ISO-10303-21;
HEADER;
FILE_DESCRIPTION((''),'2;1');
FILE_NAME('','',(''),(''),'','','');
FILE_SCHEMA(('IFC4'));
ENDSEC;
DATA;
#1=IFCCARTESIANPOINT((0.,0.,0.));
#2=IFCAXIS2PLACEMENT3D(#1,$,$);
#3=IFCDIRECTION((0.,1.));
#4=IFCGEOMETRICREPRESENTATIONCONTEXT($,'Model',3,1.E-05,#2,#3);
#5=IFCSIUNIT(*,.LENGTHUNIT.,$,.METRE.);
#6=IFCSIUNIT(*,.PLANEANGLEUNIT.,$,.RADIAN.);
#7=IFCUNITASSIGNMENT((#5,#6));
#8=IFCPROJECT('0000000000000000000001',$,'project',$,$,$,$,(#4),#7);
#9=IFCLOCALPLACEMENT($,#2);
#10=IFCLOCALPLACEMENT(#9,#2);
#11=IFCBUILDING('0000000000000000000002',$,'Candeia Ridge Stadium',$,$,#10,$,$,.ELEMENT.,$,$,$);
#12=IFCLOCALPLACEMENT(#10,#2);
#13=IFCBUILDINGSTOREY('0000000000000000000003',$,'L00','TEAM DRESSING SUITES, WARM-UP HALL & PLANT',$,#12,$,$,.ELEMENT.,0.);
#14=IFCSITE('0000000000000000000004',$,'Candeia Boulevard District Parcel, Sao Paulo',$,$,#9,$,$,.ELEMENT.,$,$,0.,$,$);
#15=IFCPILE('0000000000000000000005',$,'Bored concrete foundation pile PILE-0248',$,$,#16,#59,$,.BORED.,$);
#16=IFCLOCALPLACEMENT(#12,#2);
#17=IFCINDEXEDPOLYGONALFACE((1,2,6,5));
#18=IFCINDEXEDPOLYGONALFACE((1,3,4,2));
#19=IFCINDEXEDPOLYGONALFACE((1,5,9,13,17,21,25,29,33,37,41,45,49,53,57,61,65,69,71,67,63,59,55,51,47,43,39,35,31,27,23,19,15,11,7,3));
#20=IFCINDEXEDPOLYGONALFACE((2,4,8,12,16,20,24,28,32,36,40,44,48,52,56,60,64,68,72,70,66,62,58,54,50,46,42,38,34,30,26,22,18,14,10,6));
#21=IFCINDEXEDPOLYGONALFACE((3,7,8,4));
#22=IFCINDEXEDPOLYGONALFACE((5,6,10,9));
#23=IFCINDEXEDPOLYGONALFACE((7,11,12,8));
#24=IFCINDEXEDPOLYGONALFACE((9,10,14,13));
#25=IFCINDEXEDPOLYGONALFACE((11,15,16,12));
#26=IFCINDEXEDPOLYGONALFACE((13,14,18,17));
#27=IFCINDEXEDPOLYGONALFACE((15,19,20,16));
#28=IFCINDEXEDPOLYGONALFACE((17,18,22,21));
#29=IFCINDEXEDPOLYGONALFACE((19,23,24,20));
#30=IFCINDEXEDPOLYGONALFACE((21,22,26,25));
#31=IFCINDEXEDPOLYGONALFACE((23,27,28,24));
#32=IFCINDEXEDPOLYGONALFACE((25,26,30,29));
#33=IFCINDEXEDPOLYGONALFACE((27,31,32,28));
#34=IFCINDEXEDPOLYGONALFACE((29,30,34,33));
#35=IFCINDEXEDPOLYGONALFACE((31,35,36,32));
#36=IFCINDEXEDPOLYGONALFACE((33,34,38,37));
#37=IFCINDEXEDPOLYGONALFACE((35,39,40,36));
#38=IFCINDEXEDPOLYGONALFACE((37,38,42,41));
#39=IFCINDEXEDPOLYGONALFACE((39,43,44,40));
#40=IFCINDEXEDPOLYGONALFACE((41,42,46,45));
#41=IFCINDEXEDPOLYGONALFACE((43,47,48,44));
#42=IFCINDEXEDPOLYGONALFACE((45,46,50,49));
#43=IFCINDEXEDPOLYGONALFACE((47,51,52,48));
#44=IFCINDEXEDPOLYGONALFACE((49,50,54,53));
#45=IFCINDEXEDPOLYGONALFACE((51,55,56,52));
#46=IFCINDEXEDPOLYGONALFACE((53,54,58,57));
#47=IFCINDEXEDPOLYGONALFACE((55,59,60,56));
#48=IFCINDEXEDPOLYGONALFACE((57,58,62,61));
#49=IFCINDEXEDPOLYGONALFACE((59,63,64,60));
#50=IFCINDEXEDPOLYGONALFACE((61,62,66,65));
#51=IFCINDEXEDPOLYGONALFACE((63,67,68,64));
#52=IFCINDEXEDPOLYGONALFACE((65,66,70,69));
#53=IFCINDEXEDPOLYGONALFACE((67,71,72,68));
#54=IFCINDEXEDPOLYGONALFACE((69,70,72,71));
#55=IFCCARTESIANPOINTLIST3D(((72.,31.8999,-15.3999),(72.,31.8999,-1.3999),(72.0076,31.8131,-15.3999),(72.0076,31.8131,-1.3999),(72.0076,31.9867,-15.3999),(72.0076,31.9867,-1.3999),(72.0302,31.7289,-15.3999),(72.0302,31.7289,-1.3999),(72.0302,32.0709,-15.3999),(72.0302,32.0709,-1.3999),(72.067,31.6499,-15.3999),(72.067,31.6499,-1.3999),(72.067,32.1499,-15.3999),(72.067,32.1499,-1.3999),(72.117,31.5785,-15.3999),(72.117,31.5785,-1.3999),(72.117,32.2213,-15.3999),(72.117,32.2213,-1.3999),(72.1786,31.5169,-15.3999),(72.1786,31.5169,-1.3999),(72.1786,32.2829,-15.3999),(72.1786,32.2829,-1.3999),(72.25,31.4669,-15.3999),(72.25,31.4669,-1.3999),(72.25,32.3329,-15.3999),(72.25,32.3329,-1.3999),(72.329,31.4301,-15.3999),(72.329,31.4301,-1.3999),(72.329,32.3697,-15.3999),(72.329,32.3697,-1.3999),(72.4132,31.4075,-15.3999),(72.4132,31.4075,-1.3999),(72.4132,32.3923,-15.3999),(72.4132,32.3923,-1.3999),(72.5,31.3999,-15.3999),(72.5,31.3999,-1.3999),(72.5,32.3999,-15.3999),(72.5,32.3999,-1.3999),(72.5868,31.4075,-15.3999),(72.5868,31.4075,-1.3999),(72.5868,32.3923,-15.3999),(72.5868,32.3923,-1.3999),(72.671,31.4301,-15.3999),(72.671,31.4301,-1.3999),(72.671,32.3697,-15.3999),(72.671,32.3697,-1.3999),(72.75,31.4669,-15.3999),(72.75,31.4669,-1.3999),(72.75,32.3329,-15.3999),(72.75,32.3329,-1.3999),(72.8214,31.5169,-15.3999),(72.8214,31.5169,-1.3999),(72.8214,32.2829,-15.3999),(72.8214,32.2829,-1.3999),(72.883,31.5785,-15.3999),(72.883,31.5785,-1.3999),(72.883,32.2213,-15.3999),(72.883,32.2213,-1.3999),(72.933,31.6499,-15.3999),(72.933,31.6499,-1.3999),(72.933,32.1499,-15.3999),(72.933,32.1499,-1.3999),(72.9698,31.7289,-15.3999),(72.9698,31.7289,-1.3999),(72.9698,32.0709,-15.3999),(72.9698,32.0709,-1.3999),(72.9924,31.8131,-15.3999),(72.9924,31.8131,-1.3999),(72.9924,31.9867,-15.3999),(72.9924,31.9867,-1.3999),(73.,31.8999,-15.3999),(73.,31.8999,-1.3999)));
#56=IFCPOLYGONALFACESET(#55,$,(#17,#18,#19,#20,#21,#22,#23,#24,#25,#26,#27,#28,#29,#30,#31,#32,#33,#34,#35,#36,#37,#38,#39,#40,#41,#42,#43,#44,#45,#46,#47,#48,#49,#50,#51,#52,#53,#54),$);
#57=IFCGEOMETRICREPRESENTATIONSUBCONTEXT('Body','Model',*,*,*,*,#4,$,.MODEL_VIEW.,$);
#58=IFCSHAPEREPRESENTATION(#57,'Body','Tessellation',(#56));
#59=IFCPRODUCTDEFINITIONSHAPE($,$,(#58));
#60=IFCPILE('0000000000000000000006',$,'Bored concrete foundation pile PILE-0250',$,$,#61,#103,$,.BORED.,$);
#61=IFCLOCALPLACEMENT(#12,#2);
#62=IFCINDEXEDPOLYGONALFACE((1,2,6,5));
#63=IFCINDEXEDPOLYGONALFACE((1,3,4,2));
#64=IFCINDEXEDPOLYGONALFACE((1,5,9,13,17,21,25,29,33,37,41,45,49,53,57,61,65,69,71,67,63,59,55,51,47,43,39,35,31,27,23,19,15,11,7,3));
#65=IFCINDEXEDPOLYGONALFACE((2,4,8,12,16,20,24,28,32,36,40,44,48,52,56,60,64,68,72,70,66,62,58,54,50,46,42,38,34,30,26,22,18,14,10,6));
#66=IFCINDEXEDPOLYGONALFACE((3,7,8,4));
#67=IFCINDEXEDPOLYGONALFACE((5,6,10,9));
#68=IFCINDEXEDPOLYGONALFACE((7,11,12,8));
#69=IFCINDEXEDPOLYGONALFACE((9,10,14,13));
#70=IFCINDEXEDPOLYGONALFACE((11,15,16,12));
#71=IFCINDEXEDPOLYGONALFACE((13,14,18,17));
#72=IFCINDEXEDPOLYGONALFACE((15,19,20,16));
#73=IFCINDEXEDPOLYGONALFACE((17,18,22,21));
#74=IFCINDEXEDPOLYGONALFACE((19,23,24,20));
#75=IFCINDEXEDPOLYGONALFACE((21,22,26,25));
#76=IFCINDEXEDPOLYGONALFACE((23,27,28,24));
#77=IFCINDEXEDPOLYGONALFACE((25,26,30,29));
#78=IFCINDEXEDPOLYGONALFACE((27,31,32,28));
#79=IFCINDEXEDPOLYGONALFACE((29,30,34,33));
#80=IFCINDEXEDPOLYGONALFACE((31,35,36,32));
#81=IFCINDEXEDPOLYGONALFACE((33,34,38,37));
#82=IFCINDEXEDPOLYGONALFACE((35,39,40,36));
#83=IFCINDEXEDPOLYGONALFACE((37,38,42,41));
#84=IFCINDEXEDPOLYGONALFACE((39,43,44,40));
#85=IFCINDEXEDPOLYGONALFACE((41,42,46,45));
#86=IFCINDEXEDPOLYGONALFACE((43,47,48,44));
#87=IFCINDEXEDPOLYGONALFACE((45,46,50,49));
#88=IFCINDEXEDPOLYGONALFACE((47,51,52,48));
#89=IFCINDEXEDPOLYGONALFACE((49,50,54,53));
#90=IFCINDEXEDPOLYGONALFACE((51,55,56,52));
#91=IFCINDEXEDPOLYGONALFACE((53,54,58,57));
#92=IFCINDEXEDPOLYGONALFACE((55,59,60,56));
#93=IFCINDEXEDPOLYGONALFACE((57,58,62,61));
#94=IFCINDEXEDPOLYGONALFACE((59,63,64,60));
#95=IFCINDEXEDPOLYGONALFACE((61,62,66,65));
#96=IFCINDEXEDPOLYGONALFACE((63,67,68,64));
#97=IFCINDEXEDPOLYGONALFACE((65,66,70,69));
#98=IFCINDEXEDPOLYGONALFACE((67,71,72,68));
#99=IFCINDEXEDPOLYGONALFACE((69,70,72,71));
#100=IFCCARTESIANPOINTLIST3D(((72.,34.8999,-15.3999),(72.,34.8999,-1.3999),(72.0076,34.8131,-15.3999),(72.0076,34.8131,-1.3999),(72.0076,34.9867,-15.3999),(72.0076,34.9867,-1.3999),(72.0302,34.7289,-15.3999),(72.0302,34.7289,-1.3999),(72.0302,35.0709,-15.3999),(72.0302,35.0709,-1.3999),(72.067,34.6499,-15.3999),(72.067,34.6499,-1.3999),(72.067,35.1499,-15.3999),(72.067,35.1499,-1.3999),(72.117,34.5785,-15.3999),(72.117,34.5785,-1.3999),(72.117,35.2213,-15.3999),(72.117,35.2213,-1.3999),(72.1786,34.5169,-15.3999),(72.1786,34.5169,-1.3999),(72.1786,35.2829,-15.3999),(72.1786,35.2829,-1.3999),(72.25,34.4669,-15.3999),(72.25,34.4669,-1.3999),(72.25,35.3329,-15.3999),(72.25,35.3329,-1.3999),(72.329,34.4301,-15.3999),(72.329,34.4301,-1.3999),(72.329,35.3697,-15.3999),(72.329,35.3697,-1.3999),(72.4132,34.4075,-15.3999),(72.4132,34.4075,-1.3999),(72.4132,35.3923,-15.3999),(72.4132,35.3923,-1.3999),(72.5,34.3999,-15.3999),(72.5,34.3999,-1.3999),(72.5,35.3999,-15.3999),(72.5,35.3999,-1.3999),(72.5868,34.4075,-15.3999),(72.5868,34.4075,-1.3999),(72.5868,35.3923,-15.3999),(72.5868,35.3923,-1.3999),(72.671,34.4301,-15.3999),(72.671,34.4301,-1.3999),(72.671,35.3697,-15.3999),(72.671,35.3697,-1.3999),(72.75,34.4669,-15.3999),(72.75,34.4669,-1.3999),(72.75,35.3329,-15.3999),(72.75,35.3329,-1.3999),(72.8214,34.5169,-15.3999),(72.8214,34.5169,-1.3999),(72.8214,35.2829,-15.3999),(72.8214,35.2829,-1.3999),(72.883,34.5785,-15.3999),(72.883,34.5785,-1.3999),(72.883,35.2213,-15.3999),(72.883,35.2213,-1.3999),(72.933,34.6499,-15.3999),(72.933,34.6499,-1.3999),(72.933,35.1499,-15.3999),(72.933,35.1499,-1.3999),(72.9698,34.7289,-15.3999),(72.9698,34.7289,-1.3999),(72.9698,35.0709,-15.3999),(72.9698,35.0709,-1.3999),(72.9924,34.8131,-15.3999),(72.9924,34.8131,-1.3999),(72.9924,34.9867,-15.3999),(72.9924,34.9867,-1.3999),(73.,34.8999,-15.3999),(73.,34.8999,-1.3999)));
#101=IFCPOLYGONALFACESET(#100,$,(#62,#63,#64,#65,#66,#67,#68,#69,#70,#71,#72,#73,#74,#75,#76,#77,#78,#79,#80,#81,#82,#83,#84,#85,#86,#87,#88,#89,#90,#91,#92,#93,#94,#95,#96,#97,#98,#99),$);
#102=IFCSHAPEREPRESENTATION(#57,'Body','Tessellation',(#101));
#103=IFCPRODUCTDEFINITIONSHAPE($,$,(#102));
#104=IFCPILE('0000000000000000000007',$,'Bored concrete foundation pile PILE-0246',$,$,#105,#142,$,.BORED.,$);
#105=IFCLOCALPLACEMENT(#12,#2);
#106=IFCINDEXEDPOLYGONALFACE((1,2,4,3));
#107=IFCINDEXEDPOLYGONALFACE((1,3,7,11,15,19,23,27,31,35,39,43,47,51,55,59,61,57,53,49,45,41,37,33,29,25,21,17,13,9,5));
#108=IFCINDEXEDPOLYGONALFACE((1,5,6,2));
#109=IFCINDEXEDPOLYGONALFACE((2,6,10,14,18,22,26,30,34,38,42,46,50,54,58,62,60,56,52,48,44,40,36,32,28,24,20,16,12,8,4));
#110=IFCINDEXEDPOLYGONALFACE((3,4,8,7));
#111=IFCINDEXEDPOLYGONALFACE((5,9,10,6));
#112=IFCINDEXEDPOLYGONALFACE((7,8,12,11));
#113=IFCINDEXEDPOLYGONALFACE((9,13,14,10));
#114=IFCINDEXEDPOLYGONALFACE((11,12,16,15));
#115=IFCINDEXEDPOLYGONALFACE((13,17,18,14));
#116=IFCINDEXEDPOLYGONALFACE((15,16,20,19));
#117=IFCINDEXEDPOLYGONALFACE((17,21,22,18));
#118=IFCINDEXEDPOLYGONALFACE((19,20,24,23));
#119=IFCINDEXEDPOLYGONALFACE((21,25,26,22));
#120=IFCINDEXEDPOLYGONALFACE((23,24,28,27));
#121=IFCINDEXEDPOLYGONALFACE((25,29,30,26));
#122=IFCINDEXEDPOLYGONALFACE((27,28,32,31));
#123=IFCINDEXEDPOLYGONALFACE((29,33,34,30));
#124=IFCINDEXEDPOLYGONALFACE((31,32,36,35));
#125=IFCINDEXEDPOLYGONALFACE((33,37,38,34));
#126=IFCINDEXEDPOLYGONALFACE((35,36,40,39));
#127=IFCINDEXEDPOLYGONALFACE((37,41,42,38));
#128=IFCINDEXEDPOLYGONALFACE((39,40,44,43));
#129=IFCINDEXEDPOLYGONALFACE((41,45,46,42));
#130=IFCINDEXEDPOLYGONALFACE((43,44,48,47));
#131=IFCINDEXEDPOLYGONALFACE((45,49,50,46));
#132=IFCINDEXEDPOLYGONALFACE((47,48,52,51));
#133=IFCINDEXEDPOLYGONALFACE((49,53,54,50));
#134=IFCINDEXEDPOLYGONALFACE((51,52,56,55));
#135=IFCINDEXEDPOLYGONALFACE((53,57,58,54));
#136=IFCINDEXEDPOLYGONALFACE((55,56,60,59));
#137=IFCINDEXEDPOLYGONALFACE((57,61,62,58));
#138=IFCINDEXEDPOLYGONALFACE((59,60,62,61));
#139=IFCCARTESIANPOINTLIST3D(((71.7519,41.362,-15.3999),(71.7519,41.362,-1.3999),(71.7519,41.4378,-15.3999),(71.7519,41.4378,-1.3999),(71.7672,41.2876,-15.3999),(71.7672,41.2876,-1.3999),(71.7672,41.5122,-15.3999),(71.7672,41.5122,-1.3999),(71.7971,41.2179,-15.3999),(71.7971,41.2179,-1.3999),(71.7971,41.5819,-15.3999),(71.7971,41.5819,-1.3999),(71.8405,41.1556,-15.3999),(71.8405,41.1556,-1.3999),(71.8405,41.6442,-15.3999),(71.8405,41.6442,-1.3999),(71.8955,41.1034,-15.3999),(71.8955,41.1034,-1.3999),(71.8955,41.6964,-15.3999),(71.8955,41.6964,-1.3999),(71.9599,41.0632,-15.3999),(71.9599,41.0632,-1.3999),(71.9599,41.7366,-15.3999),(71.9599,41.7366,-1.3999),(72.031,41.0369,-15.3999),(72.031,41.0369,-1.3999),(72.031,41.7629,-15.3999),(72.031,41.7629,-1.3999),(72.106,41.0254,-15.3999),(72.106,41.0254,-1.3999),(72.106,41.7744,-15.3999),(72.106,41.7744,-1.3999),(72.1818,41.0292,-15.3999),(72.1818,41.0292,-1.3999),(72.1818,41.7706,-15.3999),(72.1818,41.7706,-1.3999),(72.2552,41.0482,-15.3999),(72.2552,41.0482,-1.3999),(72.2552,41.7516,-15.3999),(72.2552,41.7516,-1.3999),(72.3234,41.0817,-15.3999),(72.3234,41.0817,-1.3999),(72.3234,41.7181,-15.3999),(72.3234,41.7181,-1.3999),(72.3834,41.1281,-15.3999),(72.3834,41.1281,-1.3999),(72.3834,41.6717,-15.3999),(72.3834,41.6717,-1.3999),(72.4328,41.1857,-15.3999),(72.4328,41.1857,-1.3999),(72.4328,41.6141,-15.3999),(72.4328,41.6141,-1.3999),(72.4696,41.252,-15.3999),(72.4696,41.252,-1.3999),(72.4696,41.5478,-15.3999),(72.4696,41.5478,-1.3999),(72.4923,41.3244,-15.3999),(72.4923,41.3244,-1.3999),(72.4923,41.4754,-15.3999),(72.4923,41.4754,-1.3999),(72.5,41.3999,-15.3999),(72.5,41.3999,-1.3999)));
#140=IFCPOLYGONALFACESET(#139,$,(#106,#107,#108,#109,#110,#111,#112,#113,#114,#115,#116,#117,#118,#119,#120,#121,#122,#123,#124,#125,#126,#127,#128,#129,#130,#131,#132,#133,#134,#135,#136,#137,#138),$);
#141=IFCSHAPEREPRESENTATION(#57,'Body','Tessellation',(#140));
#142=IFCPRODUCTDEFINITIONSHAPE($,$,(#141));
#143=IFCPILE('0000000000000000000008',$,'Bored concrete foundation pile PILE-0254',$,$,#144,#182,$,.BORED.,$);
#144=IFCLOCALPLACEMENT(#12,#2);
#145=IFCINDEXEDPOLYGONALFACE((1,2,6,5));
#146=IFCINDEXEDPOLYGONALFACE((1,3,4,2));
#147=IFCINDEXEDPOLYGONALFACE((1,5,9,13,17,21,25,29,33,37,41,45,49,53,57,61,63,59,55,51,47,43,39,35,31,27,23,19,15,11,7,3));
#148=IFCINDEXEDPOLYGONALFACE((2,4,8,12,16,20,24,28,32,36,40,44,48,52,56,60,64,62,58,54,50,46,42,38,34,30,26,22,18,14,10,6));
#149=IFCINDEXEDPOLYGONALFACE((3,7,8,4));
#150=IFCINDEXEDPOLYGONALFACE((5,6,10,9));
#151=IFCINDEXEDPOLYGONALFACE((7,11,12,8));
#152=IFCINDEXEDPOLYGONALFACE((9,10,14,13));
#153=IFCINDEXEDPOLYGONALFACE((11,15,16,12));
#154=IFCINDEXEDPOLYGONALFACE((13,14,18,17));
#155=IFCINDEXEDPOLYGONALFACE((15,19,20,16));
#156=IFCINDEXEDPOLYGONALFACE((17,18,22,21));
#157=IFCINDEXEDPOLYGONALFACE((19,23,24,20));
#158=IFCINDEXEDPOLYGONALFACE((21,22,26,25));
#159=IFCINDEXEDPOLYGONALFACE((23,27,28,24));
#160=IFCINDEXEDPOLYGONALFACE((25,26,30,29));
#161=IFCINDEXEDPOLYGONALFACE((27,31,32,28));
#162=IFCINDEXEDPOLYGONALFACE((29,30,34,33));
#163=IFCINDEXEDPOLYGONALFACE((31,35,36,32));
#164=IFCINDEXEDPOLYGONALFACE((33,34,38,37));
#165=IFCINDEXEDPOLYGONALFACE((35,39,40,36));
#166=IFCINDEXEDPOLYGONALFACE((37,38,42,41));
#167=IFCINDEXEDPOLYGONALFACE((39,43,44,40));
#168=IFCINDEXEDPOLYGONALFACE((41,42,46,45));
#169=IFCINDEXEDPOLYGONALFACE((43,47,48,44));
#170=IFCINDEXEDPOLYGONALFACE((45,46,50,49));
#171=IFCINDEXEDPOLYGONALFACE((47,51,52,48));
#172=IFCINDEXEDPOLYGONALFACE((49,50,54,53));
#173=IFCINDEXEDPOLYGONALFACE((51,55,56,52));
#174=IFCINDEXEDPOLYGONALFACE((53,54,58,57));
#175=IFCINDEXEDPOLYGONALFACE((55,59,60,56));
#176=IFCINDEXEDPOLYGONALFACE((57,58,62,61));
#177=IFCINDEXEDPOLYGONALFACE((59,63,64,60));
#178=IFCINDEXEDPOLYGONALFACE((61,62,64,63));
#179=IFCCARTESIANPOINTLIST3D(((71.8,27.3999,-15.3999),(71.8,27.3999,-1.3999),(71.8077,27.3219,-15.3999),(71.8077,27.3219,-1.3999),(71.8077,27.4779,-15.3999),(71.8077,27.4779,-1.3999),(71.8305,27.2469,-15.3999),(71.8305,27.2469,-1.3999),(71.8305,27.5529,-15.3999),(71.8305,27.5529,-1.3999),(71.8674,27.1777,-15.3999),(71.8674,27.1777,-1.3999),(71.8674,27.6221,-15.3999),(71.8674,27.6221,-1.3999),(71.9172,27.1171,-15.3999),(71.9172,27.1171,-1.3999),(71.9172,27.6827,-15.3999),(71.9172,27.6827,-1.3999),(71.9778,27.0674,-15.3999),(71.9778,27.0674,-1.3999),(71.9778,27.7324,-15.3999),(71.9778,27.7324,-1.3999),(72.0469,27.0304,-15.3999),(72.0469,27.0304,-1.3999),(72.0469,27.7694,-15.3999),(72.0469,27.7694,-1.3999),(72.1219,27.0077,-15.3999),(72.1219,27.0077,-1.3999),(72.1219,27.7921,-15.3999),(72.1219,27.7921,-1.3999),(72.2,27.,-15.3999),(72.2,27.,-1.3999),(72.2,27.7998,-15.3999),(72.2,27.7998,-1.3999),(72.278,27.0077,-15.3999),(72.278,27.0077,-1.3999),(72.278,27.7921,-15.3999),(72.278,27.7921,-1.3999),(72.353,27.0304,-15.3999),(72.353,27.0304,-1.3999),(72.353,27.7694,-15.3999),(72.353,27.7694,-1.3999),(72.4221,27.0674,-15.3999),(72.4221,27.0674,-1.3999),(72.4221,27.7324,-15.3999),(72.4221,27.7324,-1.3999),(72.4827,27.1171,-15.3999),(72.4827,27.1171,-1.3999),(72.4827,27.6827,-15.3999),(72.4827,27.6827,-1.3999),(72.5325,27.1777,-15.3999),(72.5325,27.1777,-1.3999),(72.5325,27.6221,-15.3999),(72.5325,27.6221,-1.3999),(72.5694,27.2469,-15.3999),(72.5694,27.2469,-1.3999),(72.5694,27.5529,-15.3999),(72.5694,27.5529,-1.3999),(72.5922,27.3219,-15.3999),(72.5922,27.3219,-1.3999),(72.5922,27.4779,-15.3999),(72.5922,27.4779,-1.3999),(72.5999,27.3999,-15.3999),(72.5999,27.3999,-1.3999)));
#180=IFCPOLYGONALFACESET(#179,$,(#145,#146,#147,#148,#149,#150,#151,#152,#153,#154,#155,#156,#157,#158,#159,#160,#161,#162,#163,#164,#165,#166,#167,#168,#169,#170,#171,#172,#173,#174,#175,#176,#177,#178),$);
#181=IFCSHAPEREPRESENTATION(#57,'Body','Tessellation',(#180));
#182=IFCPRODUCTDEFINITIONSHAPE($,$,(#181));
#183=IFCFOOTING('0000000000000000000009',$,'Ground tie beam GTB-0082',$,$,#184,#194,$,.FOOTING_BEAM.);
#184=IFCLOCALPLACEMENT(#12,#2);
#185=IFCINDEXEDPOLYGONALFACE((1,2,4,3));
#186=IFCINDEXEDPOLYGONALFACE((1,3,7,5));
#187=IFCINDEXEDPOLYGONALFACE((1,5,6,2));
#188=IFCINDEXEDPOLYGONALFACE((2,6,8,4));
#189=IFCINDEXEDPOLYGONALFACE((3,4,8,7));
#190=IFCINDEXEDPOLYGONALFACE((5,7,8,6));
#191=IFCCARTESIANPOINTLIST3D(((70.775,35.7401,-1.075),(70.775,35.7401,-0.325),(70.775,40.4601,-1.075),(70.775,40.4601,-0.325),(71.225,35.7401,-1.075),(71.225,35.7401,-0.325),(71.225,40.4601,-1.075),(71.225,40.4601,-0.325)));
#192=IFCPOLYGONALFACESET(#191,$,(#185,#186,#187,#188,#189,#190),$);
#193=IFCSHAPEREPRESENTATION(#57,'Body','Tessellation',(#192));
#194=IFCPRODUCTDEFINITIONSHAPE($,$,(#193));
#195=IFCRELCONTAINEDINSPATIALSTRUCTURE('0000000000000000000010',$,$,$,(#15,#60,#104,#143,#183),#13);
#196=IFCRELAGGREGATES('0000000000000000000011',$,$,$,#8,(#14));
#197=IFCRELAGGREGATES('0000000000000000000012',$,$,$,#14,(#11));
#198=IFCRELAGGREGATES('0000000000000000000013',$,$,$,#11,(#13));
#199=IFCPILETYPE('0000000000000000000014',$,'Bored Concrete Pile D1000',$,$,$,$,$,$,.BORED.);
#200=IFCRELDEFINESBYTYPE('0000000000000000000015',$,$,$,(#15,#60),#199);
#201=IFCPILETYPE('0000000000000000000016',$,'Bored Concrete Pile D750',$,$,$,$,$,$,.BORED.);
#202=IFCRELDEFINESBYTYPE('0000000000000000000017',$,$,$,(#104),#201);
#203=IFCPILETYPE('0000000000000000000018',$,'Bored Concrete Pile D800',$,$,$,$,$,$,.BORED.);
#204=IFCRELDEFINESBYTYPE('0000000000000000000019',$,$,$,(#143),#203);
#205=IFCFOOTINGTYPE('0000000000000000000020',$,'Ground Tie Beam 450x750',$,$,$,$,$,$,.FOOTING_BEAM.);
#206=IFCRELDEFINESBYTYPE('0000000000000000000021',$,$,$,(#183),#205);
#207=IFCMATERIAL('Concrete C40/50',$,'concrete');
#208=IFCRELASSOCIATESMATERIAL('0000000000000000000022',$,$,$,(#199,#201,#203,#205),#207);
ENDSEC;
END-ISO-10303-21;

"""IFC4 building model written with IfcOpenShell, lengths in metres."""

from ifc_helpers import new_model, si_unit, direction, frame, origin, origin_2d, place, context, subcontext, project, spatial, rectangle, circle, extrude, material, material_profile, profile_set, type_object, element, save


model = new_model("IFC4")

# Units and contexts
model_context = context("Model", 3, precision=1e-05, world=origin(), true_north=direction((0.0, 1.0)))
body_context = subcontext(model_context, "Body", "Model", "MODEL_VIEW")
ifc_project = project(units=[si_unit("LENGTHUNIT", "METRE"), si_unit("PLANEANGLEUNIT", "RADIAN")], contexts=[model_context])

# Site, building, storey
site_placement = place(None, origin())
site = spatial("IfcSite", under=ifc_project, at=site_placement, Name="Candeia Boulevard District Parcel, Sao Paulo", CompositionType="ELEMENT", RefElevation=0.0)
building_placement = place(site_placement, origin())
building = spatial("IfcBuilding", under=site, at=building_placement, Name="Candeia Ridge Stadium", CompositionType="ELEMENT")
storey_placement = place(building_placement, origin())
storey = spatial("IfcBuildingStorey", under=building, at=storey_placement, Name="L00", Description="TEAM DRESSING SUITES, WARM-UP HALL & PLANT", CompositionType="ELEMENT", Elevation=0.0)

# Piles
ifc_material_1 = material(Name="Concrete C40/50", Category="concrete")
ifc_material_profile_1 = material_profile(ifc_material_1, circle(Radius=0.5, at=origin_2d()), Name="PILE-D1000", Category="concrete")
ifc_profile_set_1 = profile_set([ifc_material_profile_1], Name="Concrete C40/50")
pile_type_1 = type_object("IfcPileType", Name="Bored Concrete Pile D1000", PredefinedType="BORED", material=ifc_profile_set_1)
for number, where, z_axis, x_axis, name in (
    (1, (72.5, 31.8999, -1.3999), (0.0, 0.0, -1.0), (1.0, 0.0, 0.0), "Bored concrete foundation pile PILE-0248"),
    (2, (72.5, 34.8999, -1.3999), (0.0, 0.0, -1.0), (1.0, 0.0, 0.0), "Bored concrete foundation pile PILE-0250"),
):
    element("IfcPile", number, at=place(storey_placement, frame(where, z_axis=z_axis, x_axis=x_axis)), inside=storey, type_object=pile_type_1, Name=name, PredefinedType="BORED", context=body_context, shape_type="SweptSolid", body=[
        extrude(circle(Radius=0.5, at=origin_2d()), origin(), (0.0, 0.0, 1.0), 14.0),
    ])
ifc_material_profile_2 = material_profile(ifc_material_1, circle(Radius=0.375, at=origin_2d()), Name="PILE-D750", Category="concrete")
ifc_profile_set_2 = profile_set([ifc_material_profile_2], Name="Concrete C40/50")
pile_type_2 = type_object("IfcPileType", Name="Bored Concrete Pile D750", PredefinedType="BORED", material=ifc_profile_set_2)
pile_1_placement = place(storey_placement, frame((72.125, 41.3999, -1.3999), z_axis=(0.0, 0.0, -1.0), x_axis=(1.0, 0.0, 0.0)))
element("IfcPile", 3, at=pile_1_placement, inside=storey, type_object=pile_type_2, Name="Bored concrete foundation pile PILE-0246", PredefinedType="BORED", context=body_context, shape_type="SweptSolid", body=[
    extrude(circle(Radius=0.375, at=origin_2d()), origin(), (0.0, 0.0, 1.0), 14.0),
])
ifc_material_profile_3 = material_profile(ifc_material_1, circle(Radius=0.3999, at=origin_2d()), Name="PILE-D800", Category="concrete")
ifc_profile_set_3 = profile_set([ifc_material_profile_3], Name="Concrete C40/50")
pile_type_3 = type_object("IfcPileType", Name="Bored Concrete Pile D800", PredefinedType="BORED", material=ifc_profile_set_3)
pile_2_placement = place(storey_placement, frame((72.2, 27.3999, -1.3999), z_axis=(0.0, 0.0, -1.0), x_axis=(1.0, 0.0, 0.0)))
element("IfcPile", 4, at=pile_2_placement, inside=storey, type_object=pile_type_3, Name="Bored concrete foundation pile PILE-0254", PredefinedType="BORED", context=body_context, shape_type="SweptSolid", body=[
    extrude(circle(Radius=0.3999, at=origin_2d()), origin(), (0.0, 0.0, 1.0), 14.0),
])

# Footing
footing_type_1 = type_object("IfcFootingType", Name="Ground Tie Beam 450x750", PredefinedType="FOOTING_BEAM", material=ifc_material_1)
footing_1_placement = place(storey_placement, frame((71.0, 38.1001, -1.075), z_axis=(0.0, 0.0, 1.0), x_axis=(0.0, -1.0, 0.0)))
element("IfcFooting", 5, at=footing_1_placement, inside=storey, type_object=footing_type_1, Name="Ground tie beam GTB-0082", PredefinedType="FOOTING_BEAM", context=body_context, shape_type="SweptSolid", body=[
    extrude(rectangle(XDim=4.72, YDim=0.45, at=origin_2d()), origin(), (0.0, 0.0, 1.0), 0.75),
])

save(model, "model.ifc")
